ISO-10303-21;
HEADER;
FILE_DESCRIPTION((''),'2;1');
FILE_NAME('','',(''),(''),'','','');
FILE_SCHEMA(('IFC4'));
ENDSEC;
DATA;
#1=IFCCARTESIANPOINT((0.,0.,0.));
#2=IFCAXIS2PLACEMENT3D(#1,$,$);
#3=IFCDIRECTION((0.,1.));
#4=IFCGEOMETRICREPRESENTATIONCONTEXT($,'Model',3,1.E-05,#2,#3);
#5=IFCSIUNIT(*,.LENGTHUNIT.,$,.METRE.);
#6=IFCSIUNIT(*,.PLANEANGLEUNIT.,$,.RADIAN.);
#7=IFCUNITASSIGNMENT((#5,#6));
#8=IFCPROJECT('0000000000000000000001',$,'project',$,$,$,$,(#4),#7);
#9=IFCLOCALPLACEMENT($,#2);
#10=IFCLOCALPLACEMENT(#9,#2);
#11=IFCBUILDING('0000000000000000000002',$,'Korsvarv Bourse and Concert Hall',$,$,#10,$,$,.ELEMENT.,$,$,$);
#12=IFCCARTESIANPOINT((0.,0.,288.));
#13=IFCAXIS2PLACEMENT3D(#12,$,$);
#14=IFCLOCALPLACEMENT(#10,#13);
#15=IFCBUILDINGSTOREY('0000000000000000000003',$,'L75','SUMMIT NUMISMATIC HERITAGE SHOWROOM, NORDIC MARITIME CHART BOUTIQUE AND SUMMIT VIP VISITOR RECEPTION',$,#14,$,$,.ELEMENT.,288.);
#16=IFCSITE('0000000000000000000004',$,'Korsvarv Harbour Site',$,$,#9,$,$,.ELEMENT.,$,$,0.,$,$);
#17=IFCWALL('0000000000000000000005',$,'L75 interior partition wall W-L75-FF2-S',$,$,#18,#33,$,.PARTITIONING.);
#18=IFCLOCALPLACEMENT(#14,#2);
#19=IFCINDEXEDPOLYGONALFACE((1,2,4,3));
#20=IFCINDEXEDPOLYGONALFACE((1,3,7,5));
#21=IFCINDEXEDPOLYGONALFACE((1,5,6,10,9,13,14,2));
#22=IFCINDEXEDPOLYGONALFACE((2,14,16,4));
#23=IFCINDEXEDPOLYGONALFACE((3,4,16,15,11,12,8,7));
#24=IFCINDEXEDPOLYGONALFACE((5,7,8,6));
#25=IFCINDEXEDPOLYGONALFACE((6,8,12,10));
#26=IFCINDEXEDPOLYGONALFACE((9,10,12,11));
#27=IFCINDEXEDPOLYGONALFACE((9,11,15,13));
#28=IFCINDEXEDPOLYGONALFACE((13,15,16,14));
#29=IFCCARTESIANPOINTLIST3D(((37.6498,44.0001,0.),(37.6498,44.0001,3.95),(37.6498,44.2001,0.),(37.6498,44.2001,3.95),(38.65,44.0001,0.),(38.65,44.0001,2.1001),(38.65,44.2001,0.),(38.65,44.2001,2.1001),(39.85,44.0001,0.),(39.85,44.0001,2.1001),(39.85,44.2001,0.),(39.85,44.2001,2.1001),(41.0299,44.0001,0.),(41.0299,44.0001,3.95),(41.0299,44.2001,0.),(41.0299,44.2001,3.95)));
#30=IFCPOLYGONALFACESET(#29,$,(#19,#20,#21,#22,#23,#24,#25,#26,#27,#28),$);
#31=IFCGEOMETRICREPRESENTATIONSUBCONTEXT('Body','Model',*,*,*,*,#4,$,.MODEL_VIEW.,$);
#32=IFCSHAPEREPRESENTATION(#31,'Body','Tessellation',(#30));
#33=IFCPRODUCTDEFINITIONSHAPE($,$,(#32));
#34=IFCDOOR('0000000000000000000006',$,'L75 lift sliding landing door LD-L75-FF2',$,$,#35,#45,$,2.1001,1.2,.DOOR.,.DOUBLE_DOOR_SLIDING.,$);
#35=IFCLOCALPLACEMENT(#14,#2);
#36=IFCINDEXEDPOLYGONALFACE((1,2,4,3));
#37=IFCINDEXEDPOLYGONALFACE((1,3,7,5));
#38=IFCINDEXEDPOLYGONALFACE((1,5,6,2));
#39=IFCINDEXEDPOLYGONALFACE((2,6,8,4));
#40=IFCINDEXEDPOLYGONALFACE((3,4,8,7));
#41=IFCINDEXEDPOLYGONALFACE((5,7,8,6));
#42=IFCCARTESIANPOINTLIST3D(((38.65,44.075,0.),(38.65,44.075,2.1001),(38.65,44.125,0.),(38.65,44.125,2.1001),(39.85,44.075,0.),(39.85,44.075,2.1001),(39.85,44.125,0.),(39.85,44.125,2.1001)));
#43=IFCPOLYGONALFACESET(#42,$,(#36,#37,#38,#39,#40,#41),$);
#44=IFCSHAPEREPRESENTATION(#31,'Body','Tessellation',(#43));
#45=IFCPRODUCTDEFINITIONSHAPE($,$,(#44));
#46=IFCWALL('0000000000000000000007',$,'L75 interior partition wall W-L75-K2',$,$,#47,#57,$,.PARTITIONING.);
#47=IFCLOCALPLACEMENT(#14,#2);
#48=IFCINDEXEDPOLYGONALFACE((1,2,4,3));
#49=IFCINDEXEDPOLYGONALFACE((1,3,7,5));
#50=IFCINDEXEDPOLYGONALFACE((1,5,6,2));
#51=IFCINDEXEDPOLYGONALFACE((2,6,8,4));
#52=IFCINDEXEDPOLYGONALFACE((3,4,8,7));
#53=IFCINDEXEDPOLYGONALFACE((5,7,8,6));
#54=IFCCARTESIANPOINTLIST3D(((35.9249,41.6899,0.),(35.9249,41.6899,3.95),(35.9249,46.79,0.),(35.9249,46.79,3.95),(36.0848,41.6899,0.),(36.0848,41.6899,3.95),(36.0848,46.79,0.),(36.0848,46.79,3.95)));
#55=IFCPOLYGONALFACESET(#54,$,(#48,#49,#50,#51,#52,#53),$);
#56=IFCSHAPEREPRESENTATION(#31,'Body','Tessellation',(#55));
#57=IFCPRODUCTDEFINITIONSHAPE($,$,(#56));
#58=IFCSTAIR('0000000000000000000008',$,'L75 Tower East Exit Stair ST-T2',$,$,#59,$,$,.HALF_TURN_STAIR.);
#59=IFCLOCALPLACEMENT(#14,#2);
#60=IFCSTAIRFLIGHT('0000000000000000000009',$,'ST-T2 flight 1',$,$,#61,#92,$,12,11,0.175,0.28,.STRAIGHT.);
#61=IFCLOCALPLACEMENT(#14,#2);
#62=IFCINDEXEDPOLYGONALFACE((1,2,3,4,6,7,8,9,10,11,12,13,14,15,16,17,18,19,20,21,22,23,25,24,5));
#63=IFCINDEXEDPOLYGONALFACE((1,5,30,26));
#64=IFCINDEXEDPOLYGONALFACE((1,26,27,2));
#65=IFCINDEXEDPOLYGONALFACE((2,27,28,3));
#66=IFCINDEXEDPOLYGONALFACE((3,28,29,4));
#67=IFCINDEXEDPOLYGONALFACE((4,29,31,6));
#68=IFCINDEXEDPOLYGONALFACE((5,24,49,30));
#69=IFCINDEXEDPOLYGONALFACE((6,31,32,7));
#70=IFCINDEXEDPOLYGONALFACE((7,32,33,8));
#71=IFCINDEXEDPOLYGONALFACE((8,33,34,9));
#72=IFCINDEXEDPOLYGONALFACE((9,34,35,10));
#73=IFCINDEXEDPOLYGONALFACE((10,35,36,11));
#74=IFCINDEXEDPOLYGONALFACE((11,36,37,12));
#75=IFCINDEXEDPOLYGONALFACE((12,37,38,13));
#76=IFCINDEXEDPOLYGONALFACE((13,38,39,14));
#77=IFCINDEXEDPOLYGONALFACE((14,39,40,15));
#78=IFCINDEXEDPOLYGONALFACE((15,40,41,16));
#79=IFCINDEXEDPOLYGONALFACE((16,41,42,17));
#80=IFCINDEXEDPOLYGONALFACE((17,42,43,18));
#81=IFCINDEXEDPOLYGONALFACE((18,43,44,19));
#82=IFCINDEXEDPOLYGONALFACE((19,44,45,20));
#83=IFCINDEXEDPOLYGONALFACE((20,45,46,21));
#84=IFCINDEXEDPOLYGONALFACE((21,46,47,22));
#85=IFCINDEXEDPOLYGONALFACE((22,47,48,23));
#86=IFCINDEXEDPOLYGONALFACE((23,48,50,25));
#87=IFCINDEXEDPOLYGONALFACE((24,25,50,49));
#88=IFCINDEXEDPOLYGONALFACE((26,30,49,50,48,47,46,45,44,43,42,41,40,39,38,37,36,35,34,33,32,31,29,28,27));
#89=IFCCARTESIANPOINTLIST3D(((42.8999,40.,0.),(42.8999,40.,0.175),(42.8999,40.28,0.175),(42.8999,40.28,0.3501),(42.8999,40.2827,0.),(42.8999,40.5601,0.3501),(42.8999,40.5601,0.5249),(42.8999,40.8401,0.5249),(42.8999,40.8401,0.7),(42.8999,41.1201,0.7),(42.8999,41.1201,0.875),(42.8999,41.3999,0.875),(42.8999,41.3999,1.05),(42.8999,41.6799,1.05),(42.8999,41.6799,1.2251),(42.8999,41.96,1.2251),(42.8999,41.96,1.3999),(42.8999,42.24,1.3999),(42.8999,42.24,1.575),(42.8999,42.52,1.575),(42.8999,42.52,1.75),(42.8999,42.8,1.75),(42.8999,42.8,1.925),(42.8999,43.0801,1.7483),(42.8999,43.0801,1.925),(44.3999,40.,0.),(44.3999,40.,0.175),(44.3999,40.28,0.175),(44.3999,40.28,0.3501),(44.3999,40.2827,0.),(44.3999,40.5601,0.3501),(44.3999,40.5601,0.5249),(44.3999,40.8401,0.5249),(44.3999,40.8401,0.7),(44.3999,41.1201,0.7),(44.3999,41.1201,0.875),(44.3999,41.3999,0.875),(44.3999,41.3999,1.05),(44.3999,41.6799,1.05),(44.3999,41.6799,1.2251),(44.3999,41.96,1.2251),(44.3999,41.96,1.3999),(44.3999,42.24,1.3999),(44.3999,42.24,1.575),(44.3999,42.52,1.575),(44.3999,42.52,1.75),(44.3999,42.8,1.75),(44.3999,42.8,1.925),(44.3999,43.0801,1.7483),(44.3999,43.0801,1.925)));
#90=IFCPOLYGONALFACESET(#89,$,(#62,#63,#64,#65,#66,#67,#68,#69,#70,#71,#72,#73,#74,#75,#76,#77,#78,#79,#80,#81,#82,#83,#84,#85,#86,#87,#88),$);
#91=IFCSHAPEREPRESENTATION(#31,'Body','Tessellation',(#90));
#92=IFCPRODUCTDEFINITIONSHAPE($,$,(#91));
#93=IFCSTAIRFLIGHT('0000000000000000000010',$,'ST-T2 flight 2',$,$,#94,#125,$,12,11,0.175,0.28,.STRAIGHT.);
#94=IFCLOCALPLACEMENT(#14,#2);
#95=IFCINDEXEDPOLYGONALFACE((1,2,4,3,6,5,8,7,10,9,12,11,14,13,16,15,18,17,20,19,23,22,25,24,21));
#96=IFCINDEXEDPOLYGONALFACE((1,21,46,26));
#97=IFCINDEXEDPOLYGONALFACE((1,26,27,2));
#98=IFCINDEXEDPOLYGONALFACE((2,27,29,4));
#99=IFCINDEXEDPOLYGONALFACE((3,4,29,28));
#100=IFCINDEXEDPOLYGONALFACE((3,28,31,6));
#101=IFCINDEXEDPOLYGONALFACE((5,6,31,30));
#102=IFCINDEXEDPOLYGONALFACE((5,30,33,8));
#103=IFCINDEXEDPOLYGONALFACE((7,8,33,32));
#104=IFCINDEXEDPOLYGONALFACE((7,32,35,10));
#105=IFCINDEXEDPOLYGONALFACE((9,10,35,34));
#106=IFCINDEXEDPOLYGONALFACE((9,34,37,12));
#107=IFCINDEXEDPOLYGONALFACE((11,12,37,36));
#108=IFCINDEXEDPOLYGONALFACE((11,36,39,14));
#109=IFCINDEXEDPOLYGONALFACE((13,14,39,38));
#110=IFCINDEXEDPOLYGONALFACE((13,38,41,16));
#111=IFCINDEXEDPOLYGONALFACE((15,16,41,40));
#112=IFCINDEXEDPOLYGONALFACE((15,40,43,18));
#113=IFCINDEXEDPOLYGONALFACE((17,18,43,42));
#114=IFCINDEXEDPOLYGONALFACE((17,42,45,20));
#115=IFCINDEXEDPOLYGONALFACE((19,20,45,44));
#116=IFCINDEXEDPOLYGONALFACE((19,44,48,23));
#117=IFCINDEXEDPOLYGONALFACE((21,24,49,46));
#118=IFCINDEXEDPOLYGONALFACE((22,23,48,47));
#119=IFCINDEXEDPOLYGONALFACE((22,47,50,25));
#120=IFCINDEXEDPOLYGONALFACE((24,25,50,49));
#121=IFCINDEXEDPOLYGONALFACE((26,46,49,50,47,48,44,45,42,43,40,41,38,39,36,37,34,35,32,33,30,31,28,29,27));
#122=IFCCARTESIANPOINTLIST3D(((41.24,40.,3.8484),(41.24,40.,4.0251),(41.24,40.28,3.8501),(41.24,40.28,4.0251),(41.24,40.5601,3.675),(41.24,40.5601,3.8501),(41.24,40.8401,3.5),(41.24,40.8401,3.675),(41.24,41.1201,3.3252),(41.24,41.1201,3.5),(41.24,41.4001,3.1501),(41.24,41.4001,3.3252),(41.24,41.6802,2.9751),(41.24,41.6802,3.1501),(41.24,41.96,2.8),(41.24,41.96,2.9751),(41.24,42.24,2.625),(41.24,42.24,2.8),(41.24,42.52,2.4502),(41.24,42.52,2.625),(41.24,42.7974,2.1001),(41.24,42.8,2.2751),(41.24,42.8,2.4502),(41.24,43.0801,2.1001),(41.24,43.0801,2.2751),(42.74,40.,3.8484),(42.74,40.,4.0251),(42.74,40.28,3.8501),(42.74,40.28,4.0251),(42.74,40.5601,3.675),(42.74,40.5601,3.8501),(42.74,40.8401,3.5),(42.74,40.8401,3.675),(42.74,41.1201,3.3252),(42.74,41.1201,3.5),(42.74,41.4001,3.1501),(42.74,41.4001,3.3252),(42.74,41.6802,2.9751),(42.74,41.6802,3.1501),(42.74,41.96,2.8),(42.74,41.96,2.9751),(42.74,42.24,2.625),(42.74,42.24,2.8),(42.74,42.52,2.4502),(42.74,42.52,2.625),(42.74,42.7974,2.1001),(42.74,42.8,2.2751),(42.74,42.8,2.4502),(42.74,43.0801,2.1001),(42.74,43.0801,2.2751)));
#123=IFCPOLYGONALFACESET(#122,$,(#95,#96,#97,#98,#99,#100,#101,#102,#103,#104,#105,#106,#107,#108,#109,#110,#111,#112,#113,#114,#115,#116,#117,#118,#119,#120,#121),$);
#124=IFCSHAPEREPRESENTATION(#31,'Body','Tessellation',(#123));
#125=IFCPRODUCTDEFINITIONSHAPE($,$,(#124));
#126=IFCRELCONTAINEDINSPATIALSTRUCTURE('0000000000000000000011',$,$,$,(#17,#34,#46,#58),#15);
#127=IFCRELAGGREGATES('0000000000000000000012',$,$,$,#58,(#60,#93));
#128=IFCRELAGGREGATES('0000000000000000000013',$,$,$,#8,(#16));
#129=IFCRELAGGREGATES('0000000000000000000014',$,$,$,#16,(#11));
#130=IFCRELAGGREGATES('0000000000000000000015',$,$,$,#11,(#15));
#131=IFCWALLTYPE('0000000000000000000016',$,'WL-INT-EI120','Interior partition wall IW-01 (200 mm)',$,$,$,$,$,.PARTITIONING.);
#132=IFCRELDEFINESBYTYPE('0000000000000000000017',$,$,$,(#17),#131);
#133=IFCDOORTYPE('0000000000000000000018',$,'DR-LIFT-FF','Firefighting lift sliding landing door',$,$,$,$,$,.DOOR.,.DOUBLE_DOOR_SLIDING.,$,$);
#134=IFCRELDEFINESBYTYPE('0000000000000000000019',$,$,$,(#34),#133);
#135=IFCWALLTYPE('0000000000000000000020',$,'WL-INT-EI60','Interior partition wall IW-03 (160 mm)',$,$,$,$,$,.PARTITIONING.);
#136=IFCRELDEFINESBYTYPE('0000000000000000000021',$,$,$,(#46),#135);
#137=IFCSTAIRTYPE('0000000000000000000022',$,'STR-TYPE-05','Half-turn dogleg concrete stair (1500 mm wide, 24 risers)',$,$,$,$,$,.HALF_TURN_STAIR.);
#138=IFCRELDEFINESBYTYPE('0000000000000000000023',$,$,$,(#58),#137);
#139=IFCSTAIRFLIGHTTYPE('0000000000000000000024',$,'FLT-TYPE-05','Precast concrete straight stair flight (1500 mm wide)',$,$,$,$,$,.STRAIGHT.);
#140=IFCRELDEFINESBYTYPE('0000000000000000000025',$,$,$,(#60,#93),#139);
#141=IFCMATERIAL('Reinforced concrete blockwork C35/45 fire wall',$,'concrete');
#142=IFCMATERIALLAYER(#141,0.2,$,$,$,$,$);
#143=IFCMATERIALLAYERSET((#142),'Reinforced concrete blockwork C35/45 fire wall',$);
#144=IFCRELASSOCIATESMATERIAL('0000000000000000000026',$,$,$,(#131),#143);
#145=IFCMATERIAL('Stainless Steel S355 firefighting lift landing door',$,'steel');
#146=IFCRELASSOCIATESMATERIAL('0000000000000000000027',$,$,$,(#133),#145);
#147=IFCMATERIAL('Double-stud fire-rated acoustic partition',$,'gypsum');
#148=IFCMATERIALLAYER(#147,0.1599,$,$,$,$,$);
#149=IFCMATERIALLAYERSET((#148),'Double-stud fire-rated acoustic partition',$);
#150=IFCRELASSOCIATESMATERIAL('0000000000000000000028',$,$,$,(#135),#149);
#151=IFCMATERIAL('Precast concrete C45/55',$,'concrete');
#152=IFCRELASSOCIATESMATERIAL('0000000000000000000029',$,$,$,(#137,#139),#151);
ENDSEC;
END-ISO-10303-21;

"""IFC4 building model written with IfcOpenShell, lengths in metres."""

from ifc_helpers import new_model, si_unit, direction, frame, frame_2d, origin, place, context, subcontext, project, spatial, polyline, rectangle, outline, extrude, material, layer, layer_set, type_object, element, fill, aggregate, save


model = new_model("IFC4")

# Units and contexts
model_context = context("Model", 3, precision=1e-05, world=origin(), true_north=direction((0.0, 1.0)))
body_context = subcontext(model_context, "Body", "Model", "MODEL_VIEW")
ifc_project = project(units=[si_unit("LENGTHUNIT", "METRE"), si_unit("PLANEANGLEUNIT", "RADIAN")], contexts=[model_context])

# Site, building, storey
site_placement = place(None, origin())
site = spatial("IfcSite", under=ifc_project, at=site_placement, Name="Korsvarv Harbour Site", CompositionType="ELEMENT", RefElevation=0.0)
building_placement = place(site_placement, origin())
building = spatial("IfcBuilding", under=site, at=building_placement, Name="Korsvarv Bourse and Concert Hall", CompositionType="ELEMENT")
storey_placement = place(building_placement, frame((0.0, 0.0, 288.0)))
storey = spatial("IfcBuildingStorey", under=building, at=storey_placement, Name="L75", Description="SUMMIT NUMISMATIC HERITAGE SHOWROOM, NORDIC MARITIME CHART BOUTIQUE AND SUMMIT VIP VISITOR RECEPTION", CompositionType="ELEMENT", Elevation=288.0)

# Wall, opening, door
ifc_material_1 = material(Name="Reinforced concrete blockwork C35/45 fire wall", Category="concrete")
ifc_layer_1 = layer(ifc_material_1, 0.2)
ifc_layer_set_1 = layer_set([ifc_layer_1], Name="Reinforced concrete blockwork C35/45 fire wall")
wall_type_1 = type_object("IfcWallType", Name="WL-INT-EI120", Description="Interior partition wall IW-01 (200 mm)", PredefinedType="PARTITIONING", material=ifc_layer_set_1)
wall_1_placement = place(storey_placement, frame((37.6499, 44.1001, 0.0), z_axis=(0.0, 0.0, 1.0), x_axis=(1.0, 0.0, 0.0)))
wall_1 = element("IfcWall", 1, at=wall_1_placement, inside=storey, type_object=wall_type_1, Name="L75 interior partition wall W-L75-FF2-S", PredefinedType="PARTITIONING", context=body_context, shape_type="SweptSolid", body=[
    extrude(rectangle(XDim=3.3801, YDim=0.2, at=frame_2d((1.6899, 0.0))), origin(), (0.0, 0.0, 1.0), 3.95),
])
opening_1_placement = place(wall_1_placement, frame((1.0, 0.0, 0.0)))
opening_1 = element("IfcOpeningElement", 2, at=opening_1_placement, cuts=wall_1, PredefinedType="OPENING", context=body_context, shape_type="SweptSolid", body=[
    extrude(rectangle(XDim=1.2, YDim=2.1001, at=frame_2d((0.6001, 1.05))), frame((0.0, 0.1099, 0.0), z_axis=(0.0, -1.0, 0.0), x_axis=(1.0, 0.0, 0.0)), (0.0, 0.0, 1.0), 0.22),
])
ifc_material_2 = material(Name="Stainless Steel S355 firefighting lift landing door", Category="steel")
door_type_1 = type_object("IfcDoorType", Name="DR-LIFT-FF", Description="Firefighting lift sliding landing door", OperationType="DOUBLE_DOOR_SLIDING", PredefinedType="DOOR", material=ifc_material_2)
door_1_placement = place(opening_1_placement, origin())
door_1 = element("IfcDoor", 3, at=door_1_placement, inside=storey, type_object=door_type_1, Name="L75 lift sliding landing door LD-L75-FF2", OperationType="DOUBLE_DOOR_SLIDING", OverallHeight=2.1001, OverallWidth=1.2, PredefinedType="DOOR", context=body_context, shape_type="SweptSolid", body=[
    extrude(rectangle(XDim=1.2, YDim=2.1001, at=frame_2d((0.6001, 1.05))), frame((0.0, 0.0249, 0.0), z_axis=(0.0, -1.0, 0.0), x_axis=(1.0, 0.0, 0.0)), (0.0, 0.0, 1.0), 0.05),
])
fill(opening_1, door_1)

# Wall
ifc_material_3 = material(Name="Double-stud fire-rated acoustic partition", Category="gypsum")
ifc_layer_2 = layer(ifc_material_3, 0.1599)
ifc_layer_set_2 = layer_set([ifc_layer_2], Name="Double-stud fire-rated acoustic partition")
wall_type_2 = type_object("IfcWallType", Name="WL-INT-EI60", Description="Interior partition wall IW-03 (160 mm)", PredefinedType="PARTITIONING", material=ifc_layer_set_2)
wall_2_placement = place(storey_placement, frame((36.0049, 41.6899, 0.0), z_axis=(0.0, 0.0, 1.0), x_axis=(0.0, 1.0, 0.0)))
element("IfcWall", 4, at=wall_2_placement, inside=storey, type_object=wall_type_2, Name="L75 interior partition wall W-L75-K2", PredefinedType="PARTITIONING", context=body_context, shape_type="SweptSolid", body=[
    extrude(rectangle(XDim=5.1001, YDim=0.1599, at=frame_2d((2.55, 0.0))), origin(), (0.0, 0.0, 1.0), 3.95),
])

# Stair, stair flights
ifc_material_4 = material(Name="Precast concrete C45/55", Category="concrete")
stair_type = type_object("IfcStairType", Name="STR-TYPE-05", Description="Half-turn dogleg concrete stair (1500 mm wide, 24 risers)", PredefinedType="HALF_TURN_STAIR", material=ifc_material_4)
stair_placement = place(storey_placement, origin())
stair = element("IfcStair", 5, at=stair_placement, inside=storey, type_object=stair_type, Name="L75 Tower East Exit Stair ST-T2", PredefinedType="HALF_TURN_STAIR")
stair_flight_type = type_object("IfcStairFlightType", Name="FLT-TYPE-05", Description="Precast concrete straight stair flight (1500 mm wide)", PredefinedType="STRAIGHT", material=ifc_material_4)
stair_flight_1_placement = place(storey_placement, frame((43.6499, 40.0, 0.0), z_axis=(0.0, 0.0, 1.0), x_axis=(0.0, 1.0, 0.0)))
stair_flight_1 = element("IfcStairFlight", 6, at=stair_flight_1_placement, type_object=stair_flight_type, Name="ST-T2 flight 1", NumberOfRisers=12, NumberOfTreads=11, PredefinedType="STRAIGHT", RiserHeight=0.175, TreadLength=0.28, context=body_context, shape_type="SweptSolid", body=[
    extrude(outline(polyline([(0.0, 0.0), (0.0, 0.175), (0.28, 0.175), (0.28, 0.3501), (0.5601, 0.3501), (0.5601, 0.5249), (0.8401, 0.5249), (0.8401, 0.7), (1.1201, 0.7), (1.1201, 0.875), (1.3999, 0.875), (1.3999, 1.05), (1.6799, 1.05), (1.6799, 1.2251), (1.96, 1.2251), (1.96, 1.3999), (2.24, 1.3999), (2.24, 1.575), (2.52, 1.575), (2.52, 1.75), (2.8, 1.75), (2.8, 1.925), (3.0801, 1.925), (3.0801, 2.1001), (3.0801, 1.7483), (0.2827, 0.0), (0.0, 0.0)])), frame((0.0, 0.75, 0.0), z_axis=(0.0, -1.0, 0.0), x_axis=(1.0, 0.0, 0.0)), (0.0, 0.0, 1.0), 1.5),
])
stair_flight_2_placement = place(storey_placement, frame((41.99, 43.0801, 2.1001), z_axis=(0.0, 0.0, 1.0), x_axis=(0.0, -1.0, 0.0)))
stair_flight_2 = element("IfcStairFlight", 7, at=stair_flight_2_placement, type_object=stair_flight_type, Name="ST-T2 flight 2", NumberOfRisers=12, NumberOfTreads=11, PredefinedType="STRAIGHT", RiserHeight=0.175, TreadLength=0.28, context=body_context, shape_type="SweptSolid", body=[
    extrude(outline(polyline([(0.0, 0.0), (0.0, 0.175), (0.28, 0.175), (0.28, 0.3501), (0.5601, 0.3501), (0.5601, 0.5249), (0.8401, 0.5249), (0.8401, 0.7), (1.1201, 0.7), (1.1201, 0.875), (1.3999, 0.875), (1.3999, 1.05), (1.6799, 1.05), (1.6799, 1.2251), (1.96, 1.2251), (1.96, 1.3999), (2.24, 1.3999), (2.24, 1.575), (2.52, 1.575), (2.52, 1.75), (2.8, 1.75), (2.8, 1.925), (3.0801, 1.925), (3.0801, 2.1001), (3.0801, 1.7483), (0.2827, 0.0), (0.0, 0.0)])), frame((0.0, 0.75, 0.0), z_axis=(0.0, -1.0, 0.0), x_axis=(1.0, 0.0, 0.0)), (0.0, 0.0, 1.0), 1.5),
])
aggregate(stair, [stair_flight_1, stair_flight_2])

save(model, "model.ifc")
